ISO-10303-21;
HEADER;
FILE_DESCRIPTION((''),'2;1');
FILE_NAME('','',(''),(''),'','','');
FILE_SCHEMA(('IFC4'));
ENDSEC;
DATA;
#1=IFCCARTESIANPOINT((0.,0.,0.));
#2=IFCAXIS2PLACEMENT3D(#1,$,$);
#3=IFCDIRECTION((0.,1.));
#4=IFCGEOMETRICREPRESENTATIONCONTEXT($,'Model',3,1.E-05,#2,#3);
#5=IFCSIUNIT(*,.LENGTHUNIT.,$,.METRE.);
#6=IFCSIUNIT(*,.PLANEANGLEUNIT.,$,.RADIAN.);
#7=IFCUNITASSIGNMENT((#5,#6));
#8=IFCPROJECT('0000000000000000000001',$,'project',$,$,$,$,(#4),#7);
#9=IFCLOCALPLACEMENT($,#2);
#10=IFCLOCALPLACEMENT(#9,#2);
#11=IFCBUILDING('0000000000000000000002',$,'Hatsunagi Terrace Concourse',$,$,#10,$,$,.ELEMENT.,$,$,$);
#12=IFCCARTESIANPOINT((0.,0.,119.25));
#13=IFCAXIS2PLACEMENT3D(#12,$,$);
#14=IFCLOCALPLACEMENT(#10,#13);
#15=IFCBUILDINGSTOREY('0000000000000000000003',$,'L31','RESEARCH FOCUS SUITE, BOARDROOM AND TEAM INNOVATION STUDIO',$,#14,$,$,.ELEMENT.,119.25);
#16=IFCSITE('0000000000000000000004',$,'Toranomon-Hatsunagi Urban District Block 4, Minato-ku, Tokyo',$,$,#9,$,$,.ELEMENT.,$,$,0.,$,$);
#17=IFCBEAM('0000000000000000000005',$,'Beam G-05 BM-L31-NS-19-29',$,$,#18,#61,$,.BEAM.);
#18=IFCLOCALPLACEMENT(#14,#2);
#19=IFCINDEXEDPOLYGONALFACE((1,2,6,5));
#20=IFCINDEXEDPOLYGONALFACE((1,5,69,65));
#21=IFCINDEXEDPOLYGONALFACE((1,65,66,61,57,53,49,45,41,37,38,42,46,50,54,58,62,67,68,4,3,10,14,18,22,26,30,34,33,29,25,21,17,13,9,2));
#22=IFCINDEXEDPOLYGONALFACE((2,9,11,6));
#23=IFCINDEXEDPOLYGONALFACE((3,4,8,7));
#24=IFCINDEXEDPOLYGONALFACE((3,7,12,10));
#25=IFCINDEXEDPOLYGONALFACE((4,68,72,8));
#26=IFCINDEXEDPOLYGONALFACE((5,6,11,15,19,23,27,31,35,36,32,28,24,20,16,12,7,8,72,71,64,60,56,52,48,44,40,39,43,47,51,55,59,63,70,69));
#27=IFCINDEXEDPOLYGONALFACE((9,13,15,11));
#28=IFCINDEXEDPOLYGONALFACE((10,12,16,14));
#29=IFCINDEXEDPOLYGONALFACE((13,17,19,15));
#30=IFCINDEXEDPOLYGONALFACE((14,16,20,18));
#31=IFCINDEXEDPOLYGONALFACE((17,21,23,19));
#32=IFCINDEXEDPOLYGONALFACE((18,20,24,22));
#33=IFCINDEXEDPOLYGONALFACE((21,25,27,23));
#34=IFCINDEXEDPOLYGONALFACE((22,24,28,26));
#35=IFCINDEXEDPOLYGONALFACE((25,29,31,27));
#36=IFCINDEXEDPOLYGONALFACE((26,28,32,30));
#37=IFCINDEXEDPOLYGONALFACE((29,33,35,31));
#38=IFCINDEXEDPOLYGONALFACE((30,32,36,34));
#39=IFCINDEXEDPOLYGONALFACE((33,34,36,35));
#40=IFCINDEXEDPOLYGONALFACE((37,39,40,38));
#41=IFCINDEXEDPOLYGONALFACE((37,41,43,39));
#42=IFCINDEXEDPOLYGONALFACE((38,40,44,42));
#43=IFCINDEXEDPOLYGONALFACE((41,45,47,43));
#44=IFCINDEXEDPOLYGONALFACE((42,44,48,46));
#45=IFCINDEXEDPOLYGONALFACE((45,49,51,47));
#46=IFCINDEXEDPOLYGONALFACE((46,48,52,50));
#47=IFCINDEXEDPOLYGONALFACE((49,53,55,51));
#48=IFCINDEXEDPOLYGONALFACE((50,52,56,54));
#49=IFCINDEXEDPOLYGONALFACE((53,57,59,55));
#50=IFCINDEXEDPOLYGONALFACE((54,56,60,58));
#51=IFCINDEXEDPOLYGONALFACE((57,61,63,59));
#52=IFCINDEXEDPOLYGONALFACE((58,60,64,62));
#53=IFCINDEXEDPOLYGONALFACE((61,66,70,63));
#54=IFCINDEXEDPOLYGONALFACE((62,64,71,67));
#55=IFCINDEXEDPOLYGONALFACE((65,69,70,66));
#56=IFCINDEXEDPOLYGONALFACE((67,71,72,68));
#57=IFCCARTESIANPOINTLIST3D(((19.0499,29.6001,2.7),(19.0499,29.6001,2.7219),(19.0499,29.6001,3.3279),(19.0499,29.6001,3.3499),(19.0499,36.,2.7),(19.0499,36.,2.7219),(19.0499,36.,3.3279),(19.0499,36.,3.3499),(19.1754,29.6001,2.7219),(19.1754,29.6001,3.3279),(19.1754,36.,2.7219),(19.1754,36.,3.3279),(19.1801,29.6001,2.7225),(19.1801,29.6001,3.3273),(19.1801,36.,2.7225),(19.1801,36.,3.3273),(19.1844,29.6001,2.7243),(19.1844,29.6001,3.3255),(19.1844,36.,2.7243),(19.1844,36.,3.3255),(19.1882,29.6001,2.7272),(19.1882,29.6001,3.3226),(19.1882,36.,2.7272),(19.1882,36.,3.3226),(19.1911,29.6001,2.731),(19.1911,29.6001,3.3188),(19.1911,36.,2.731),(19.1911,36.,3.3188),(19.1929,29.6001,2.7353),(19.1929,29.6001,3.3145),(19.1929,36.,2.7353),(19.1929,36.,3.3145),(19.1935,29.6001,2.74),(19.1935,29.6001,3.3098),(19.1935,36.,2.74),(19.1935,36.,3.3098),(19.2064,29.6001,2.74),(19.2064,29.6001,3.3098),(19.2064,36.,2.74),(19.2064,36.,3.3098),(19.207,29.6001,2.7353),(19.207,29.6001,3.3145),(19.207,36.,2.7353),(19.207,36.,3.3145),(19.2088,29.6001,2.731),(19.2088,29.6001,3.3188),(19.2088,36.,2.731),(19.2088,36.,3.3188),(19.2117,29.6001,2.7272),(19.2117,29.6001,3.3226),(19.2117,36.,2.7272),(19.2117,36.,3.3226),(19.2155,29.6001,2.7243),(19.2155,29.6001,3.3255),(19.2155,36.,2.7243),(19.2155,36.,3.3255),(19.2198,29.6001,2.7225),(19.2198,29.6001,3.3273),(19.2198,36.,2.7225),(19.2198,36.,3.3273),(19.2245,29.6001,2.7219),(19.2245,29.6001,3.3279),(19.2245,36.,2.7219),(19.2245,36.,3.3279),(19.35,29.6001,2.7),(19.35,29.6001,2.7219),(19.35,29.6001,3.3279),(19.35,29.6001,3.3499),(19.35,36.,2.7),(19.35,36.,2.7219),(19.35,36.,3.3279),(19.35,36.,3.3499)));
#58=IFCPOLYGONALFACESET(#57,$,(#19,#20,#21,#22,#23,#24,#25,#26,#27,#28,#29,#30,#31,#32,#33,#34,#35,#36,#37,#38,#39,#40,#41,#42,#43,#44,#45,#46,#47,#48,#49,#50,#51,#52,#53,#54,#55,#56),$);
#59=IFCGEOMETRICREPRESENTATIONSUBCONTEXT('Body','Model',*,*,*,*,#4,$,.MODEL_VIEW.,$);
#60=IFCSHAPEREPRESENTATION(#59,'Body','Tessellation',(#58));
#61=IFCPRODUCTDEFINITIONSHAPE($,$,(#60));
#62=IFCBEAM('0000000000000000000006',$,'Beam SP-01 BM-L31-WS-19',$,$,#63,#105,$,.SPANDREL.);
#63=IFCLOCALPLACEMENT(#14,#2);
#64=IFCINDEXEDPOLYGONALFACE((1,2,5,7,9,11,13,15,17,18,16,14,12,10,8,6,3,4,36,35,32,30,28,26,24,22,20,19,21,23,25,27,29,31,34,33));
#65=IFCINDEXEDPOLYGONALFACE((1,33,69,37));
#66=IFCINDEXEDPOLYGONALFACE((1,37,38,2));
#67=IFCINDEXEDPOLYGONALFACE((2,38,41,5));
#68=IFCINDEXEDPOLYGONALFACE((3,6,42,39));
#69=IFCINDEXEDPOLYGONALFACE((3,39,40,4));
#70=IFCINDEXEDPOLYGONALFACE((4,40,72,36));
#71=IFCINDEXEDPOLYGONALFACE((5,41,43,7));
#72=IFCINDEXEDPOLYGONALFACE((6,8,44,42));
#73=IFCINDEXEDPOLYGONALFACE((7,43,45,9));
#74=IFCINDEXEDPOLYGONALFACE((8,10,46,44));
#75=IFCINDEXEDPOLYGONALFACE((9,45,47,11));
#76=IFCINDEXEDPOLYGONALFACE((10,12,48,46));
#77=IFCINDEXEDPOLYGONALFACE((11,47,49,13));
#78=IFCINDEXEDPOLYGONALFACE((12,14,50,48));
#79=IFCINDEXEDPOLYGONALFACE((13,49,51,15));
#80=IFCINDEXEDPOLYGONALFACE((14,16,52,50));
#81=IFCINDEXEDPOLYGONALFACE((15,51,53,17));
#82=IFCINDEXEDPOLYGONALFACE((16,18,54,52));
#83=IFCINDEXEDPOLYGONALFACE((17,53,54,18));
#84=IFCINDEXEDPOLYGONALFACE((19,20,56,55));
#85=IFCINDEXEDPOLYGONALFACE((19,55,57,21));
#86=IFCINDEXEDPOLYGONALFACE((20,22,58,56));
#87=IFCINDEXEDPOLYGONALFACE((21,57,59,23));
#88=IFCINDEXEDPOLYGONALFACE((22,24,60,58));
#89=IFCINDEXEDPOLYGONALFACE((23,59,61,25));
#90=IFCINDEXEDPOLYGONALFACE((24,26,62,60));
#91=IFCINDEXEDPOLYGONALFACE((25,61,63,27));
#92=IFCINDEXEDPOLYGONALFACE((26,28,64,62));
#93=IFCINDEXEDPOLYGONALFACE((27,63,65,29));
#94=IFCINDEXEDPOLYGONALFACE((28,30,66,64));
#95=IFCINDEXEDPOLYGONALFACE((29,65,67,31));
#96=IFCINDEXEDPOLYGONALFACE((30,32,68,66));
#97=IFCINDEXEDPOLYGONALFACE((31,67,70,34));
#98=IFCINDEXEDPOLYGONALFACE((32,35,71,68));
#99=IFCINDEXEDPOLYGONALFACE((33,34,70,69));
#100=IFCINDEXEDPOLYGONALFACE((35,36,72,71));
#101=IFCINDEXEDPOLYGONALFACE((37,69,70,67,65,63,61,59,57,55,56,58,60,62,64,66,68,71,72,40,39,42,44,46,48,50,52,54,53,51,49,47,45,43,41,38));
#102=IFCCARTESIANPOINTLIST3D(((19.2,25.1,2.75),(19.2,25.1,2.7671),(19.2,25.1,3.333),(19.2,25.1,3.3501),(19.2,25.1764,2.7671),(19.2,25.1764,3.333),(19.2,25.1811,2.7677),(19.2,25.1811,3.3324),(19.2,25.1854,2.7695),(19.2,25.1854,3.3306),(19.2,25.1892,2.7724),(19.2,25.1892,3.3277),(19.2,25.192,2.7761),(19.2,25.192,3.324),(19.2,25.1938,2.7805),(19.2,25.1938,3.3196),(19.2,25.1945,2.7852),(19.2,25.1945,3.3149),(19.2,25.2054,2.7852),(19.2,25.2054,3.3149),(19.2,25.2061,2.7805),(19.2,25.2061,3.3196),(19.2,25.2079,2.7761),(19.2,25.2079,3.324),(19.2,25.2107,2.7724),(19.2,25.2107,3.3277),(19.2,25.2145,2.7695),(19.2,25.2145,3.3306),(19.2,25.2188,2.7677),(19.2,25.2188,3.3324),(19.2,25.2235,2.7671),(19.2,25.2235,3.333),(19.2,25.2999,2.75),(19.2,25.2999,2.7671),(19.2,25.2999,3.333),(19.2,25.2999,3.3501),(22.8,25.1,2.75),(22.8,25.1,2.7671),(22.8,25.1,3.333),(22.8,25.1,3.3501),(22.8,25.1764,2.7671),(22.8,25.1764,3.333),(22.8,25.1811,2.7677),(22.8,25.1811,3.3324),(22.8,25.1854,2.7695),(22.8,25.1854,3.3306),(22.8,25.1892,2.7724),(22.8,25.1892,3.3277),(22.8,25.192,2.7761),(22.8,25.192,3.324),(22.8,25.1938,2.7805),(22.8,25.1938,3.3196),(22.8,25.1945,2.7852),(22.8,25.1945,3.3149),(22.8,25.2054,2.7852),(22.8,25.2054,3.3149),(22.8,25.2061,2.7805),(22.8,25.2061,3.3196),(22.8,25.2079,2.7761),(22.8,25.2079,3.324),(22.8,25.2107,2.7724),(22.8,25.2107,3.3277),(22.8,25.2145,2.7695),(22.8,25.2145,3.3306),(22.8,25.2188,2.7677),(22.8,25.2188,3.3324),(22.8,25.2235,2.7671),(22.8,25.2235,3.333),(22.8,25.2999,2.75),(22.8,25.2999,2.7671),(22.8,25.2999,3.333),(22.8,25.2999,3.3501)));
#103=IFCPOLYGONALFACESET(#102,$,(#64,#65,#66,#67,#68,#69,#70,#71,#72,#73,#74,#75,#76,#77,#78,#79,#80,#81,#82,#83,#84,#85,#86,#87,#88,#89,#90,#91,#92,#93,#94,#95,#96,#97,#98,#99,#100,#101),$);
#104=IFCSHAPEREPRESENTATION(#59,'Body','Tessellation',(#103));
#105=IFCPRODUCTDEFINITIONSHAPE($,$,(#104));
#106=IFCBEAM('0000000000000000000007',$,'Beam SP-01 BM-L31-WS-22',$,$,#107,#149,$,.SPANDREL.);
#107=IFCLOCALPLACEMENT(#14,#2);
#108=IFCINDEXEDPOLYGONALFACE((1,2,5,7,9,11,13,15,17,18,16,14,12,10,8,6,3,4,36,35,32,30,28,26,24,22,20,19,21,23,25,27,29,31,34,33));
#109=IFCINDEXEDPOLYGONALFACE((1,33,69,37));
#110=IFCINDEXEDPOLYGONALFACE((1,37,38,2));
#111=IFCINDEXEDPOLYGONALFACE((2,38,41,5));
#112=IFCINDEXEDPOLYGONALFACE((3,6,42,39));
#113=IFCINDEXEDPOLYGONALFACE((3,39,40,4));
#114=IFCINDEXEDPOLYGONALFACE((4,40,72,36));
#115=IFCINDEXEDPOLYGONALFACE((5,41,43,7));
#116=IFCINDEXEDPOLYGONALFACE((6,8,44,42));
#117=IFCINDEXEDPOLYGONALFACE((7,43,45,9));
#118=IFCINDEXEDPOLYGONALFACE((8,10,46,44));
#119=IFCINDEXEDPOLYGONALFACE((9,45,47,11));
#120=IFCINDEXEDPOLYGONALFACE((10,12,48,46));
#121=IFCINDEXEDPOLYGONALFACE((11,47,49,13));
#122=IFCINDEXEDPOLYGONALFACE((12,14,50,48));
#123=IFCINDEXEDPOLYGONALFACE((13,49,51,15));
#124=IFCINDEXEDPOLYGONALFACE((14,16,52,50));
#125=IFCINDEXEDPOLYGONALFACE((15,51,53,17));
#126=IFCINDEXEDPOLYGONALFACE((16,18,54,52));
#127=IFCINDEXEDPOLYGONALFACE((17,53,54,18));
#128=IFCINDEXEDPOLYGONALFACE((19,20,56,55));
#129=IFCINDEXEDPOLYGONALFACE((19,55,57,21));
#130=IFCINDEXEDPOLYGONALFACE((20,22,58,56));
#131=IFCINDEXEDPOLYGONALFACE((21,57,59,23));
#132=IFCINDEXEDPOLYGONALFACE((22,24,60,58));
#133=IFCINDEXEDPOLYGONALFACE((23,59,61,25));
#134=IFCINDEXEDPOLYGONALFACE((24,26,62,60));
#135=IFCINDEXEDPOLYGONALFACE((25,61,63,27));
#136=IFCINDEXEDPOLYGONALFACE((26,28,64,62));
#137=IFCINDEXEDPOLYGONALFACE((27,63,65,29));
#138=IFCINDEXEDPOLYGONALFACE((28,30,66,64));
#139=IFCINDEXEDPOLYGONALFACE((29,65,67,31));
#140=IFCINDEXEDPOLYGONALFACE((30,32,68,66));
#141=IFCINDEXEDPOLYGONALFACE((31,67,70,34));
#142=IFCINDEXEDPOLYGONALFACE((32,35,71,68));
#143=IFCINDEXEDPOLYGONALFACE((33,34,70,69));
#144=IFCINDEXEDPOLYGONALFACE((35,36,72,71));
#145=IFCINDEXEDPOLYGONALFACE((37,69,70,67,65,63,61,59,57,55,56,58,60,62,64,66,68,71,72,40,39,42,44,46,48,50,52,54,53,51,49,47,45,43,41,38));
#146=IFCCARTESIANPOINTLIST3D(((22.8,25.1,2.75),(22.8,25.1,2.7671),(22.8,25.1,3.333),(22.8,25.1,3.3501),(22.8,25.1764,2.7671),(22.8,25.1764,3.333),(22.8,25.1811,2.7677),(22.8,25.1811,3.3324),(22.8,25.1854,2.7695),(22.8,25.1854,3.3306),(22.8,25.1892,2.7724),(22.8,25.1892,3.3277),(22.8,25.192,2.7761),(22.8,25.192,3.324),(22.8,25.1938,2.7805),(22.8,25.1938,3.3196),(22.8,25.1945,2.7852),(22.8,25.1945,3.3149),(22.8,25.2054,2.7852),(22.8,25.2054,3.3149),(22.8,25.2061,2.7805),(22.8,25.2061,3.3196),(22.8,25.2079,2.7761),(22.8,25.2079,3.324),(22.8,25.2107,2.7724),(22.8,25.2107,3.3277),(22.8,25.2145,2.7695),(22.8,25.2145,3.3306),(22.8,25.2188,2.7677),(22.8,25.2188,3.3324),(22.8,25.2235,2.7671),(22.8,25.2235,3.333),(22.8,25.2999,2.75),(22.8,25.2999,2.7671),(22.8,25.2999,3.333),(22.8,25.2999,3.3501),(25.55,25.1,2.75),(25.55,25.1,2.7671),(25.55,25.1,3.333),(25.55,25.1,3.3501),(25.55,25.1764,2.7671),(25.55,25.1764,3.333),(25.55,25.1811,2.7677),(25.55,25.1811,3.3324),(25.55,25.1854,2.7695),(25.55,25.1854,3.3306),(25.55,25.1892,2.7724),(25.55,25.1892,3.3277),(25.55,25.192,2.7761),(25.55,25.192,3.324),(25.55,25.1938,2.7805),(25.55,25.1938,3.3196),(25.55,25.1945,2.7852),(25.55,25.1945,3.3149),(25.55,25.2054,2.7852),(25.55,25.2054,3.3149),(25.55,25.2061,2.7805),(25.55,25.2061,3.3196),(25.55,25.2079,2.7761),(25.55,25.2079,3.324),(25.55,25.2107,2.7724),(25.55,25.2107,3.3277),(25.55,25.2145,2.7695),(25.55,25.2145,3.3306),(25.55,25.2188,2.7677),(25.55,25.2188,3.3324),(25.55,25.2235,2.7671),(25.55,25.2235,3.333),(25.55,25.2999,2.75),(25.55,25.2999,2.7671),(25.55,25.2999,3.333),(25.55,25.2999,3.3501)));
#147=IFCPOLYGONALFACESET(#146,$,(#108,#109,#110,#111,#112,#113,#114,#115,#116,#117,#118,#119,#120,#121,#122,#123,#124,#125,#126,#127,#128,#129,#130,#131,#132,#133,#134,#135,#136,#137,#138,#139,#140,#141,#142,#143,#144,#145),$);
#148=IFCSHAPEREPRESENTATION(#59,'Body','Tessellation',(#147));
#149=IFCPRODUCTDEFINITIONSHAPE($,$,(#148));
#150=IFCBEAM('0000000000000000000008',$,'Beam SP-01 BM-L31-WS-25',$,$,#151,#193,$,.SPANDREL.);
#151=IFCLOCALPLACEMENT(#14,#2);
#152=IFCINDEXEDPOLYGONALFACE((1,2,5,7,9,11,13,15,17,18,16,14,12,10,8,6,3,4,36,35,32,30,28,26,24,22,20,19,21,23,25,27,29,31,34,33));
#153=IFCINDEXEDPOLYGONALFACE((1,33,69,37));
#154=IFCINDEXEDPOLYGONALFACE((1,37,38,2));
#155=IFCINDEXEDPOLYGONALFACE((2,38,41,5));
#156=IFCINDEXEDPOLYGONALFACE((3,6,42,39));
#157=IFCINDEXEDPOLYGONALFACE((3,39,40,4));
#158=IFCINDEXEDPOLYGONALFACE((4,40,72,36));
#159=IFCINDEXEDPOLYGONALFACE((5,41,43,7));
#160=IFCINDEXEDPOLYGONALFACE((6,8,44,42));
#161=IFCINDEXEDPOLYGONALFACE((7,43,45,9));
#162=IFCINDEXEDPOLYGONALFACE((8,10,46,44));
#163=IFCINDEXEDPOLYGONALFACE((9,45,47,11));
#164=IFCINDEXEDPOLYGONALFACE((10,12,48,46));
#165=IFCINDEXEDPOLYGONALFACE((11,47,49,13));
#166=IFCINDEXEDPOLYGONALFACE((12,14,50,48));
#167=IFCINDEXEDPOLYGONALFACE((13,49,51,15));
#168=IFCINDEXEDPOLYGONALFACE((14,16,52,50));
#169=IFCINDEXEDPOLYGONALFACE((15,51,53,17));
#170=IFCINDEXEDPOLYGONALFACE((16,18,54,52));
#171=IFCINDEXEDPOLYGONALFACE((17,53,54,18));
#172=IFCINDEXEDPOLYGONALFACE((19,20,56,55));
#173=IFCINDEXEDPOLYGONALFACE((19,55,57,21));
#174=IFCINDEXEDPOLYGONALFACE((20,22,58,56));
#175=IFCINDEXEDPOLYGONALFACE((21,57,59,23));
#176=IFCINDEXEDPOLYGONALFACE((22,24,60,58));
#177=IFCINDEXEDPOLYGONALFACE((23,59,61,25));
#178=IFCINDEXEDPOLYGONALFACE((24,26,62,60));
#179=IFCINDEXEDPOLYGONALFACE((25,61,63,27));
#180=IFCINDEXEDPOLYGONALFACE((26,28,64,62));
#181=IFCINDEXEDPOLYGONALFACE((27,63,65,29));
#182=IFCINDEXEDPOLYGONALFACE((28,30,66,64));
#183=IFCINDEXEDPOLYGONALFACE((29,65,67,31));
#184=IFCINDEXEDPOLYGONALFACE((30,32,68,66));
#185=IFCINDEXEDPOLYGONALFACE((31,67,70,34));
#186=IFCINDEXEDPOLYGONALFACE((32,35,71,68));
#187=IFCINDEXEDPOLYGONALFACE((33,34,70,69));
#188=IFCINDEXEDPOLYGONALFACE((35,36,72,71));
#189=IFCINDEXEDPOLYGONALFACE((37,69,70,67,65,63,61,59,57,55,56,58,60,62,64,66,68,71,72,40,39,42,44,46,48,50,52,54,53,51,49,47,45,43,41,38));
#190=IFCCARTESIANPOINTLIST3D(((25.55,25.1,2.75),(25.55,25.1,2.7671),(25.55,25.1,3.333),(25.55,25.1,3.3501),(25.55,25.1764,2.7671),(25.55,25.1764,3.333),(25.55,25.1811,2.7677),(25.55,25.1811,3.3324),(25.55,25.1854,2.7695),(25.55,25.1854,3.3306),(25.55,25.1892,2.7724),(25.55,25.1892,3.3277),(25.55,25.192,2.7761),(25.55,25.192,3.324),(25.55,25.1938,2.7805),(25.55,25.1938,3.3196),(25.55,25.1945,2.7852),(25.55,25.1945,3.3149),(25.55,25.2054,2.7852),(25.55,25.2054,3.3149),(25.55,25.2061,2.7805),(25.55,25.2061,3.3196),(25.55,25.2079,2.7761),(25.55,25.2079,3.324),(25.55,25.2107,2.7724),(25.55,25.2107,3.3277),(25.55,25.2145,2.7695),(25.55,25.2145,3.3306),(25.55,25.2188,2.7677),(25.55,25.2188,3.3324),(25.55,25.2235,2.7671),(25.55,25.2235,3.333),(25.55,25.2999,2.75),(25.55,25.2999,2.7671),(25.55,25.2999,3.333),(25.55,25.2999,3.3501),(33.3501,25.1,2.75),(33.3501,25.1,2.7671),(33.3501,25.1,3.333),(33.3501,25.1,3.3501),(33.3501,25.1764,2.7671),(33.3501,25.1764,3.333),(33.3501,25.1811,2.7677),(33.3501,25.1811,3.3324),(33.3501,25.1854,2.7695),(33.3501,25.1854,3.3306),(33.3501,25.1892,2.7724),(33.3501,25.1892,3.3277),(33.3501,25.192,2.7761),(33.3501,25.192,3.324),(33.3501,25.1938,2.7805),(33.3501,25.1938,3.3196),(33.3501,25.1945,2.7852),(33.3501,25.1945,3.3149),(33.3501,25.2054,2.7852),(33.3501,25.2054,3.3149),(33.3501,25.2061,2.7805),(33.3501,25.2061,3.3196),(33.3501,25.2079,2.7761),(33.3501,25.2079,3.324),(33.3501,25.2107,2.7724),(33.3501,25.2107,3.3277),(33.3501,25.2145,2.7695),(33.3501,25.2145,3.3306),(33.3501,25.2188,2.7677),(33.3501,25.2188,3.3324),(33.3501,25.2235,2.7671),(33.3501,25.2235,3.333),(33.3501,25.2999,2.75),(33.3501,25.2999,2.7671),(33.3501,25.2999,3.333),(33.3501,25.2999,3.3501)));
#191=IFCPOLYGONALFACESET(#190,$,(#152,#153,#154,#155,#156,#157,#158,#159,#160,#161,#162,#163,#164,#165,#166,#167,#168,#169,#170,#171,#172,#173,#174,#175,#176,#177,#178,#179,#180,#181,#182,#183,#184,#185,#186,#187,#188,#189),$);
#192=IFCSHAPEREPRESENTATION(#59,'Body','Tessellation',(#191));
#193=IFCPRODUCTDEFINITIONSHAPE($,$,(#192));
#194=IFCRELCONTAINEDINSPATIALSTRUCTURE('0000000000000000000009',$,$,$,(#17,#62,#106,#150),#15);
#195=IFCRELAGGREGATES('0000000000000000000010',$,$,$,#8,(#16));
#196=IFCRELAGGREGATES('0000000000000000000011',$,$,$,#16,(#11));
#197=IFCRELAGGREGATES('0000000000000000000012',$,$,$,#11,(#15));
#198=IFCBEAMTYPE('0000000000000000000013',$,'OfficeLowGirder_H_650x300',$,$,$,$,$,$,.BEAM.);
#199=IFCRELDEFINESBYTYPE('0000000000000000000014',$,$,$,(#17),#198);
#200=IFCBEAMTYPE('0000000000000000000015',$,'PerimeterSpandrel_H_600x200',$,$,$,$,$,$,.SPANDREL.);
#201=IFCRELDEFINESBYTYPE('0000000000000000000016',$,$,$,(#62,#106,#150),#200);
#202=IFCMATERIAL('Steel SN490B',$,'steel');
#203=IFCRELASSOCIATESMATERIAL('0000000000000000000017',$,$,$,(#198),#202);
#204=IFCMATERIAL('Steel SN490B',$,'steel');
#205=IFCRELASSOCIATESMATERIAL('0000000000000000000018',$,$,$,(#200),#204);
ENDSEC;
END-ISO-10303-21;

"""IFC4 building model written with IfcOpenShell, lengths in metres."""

from ifc_helpers import new_model, si_unit, direction, frame, origin, origin_2d, place, context, subcontext, project, spatial, i_section, extrude, material, material_profile, profile_set, type_object, element, save


model = new_model("IFC4")

# Units and contexts
model_context = context("Model", 3, precision=1e-05, world=origin(), true_north=direction((0.0, 1.0)))
body_context = subcontext(model_context, "Body", "Model", "MODEL_VIEW")
ifc_project = project(units=[si_unit("LENGTHUNIT", "METRE"), si_unit("PLANEANGLEUNIT", "RADIAN")], contexts=[model_context])

# Site, building, storey
site_placement = place(None, origin())
site = spatial("IfcSite", under=ifc_project, at=site_placement, Name="Toranomon-Hatsunagi Urban District Block 4, Minato-ku, Tokyo", CompositionType="ELEMENT", RefElevation=0.0)
building_placement = place(site_placement, origin())
building = spatial("IfcBuilding", under=site, at=building_placement, Name="Hatsunagi Terrace Concourse", CompositionType="ELEMENT")
storey_placement = place(building_placement, frame((0.0, 0.0, 119.25)))
storey = spatial("IfcBuildingStorey", under=building, at=storey_placement, Name="L31", Description="RESEARCH FOCUS SUITE, BOARDROOM AND TEAM INNOVATION STUDIO", CompositionType="ELEMENT", Elevation=119.25)

# Beams
ifc_material_1 = material(Name="Steel SN490B", Category="steel")
ifc_material_profile_1 = material_profile(ifc_material_1, i_section(OverallWidth=0.3, OverallDepth=0.6499, WebThickness=0.0129, FlangeThickness=0.022, FilletRadius=0.0181, at=origin_2d()), Name="H-650x300x13x22")
ifc_profile_set_1 = profile_set([ifc_material_profile_1], Name="Steel SN490B")
beam_type_1 = type_object("IfcBeamType", Name="OfficeLowGirder_H_650x300", PredefinedType="BEAM", material=ifc_profile_set_1)
beam_1_placement = place(storey_placement, frame((19.2, 29.6001, 3.0249), z_axis=(0.0, 1.0, 0.0), x_axis=(-1.0, 0.0, 0.0)))
element("IfcBeam", 1, at=beam_1_placement, inside=storey, type_object=beam_type_1, Name="Beam G-05 BM-L31-NS-19-29", PredefinedType="BEAM", context=body_context, shape_type="SweptSolid", body=[
    extrude(i_section(OverallWidth=0.3, OverallDepth=0.6499, WebThickness=0.0129, FlangeThickness=0.022, FilletRadius=0.0181, at=origin_2d()), origin(), (0.0, 0.0, 1.0), 6.3999),
])
ifc_material_2 = material(Name="Steel SN490B", Category="steel")
ifc_material_profile_2 = material_profile(ifc_material_2, i_section(OverallWidth=0.2, OverallDepth=0.6001, WebThickness=0.011, FlangeThickness=0.0171, FilletRadius=0.0181, at=origin_2d()), Name="H-600x200x11x17")
ifc_profile_set_2 = profile_set([ifc_material_profile_2], Name="Steel SN490B")
beam_type_2 = type_object("IfcBeamType", Name="PerimeterSpandrel_H_600x200", PredefinedType="SPANDREL", material=ifc_profile_set_2)
beam_2_placement = place(storey_placement, frame((19.2, 25.2, 3.05), z_axis=(1.0, 0.0, 0.0), x_axis=(0.0, 1.0, 0.0)))
element("IfcBeam", 2, at=beam_2_placement, inside=storey, type_object=beam_type_2, Name="Beam SP-01 BM-L31-WS-19", PredefinedType="SPANDREL", context=body_context, shape_type="SweptSolid", body=[
    extrude(i_section(OverallWidth=0.2, OverallDepth=0.6001, WebThickness=0.011, FlangeThickness=0.0171, FilletRadius=0.0181, at=origin_2d()), origin(), (0.0, 0.0, 1.0), 3.6001),
])
beam_3_placement = place(storey_placement, frame((22.8, 25.2, 3.05), z_axis=(1.0, 0.0, 0.0), x_axis=(0.0, 1.0, 0.0)))
element("IfcBeam", 3, at=beam_3_placement, inside=storey, type_object=beam_type_2, Name="Beam SP-01 BM-L31-WS-22", PredefinedType="SPANDREL", context=body_context, shape_type="SweptSolid", body=[
    extrude(i_section(OverallWidth=0.2, OverallDepth=0.6001, WebThickness=0.011, FlangeThickness=0.0171, FilletRadius=0.0181, at=origin_2d()), origin(), (0.0, 0.0, 1.0), 2.75),
])
beam_4_placement = place(storey_placement, frame((25.55, 25.2, 3.05), z_axis=(1.0, 0.0, 0.0), x_axis=(0.0, 1.0, 0.0)))
element("IfcBeam", 4, at=beam_4_placement, inside=storey, type_object=beam_type_2, Name="Beam SP-01 BM-L31-WS-25", PredefinedType="SPANDREL", context=body_context, shape_type="SweptSolid", body=[
    extrude(i_section(OverallWidth=0.2, OverallDepth=0.6001, WebThickness=0.011, FlangeThickness=0.0171, FilletRadius=0.0181, at=origin_2d()), origin(), (0.0, 0.0, 1.0), 7.8),
])

save(model, "model.ifc")
